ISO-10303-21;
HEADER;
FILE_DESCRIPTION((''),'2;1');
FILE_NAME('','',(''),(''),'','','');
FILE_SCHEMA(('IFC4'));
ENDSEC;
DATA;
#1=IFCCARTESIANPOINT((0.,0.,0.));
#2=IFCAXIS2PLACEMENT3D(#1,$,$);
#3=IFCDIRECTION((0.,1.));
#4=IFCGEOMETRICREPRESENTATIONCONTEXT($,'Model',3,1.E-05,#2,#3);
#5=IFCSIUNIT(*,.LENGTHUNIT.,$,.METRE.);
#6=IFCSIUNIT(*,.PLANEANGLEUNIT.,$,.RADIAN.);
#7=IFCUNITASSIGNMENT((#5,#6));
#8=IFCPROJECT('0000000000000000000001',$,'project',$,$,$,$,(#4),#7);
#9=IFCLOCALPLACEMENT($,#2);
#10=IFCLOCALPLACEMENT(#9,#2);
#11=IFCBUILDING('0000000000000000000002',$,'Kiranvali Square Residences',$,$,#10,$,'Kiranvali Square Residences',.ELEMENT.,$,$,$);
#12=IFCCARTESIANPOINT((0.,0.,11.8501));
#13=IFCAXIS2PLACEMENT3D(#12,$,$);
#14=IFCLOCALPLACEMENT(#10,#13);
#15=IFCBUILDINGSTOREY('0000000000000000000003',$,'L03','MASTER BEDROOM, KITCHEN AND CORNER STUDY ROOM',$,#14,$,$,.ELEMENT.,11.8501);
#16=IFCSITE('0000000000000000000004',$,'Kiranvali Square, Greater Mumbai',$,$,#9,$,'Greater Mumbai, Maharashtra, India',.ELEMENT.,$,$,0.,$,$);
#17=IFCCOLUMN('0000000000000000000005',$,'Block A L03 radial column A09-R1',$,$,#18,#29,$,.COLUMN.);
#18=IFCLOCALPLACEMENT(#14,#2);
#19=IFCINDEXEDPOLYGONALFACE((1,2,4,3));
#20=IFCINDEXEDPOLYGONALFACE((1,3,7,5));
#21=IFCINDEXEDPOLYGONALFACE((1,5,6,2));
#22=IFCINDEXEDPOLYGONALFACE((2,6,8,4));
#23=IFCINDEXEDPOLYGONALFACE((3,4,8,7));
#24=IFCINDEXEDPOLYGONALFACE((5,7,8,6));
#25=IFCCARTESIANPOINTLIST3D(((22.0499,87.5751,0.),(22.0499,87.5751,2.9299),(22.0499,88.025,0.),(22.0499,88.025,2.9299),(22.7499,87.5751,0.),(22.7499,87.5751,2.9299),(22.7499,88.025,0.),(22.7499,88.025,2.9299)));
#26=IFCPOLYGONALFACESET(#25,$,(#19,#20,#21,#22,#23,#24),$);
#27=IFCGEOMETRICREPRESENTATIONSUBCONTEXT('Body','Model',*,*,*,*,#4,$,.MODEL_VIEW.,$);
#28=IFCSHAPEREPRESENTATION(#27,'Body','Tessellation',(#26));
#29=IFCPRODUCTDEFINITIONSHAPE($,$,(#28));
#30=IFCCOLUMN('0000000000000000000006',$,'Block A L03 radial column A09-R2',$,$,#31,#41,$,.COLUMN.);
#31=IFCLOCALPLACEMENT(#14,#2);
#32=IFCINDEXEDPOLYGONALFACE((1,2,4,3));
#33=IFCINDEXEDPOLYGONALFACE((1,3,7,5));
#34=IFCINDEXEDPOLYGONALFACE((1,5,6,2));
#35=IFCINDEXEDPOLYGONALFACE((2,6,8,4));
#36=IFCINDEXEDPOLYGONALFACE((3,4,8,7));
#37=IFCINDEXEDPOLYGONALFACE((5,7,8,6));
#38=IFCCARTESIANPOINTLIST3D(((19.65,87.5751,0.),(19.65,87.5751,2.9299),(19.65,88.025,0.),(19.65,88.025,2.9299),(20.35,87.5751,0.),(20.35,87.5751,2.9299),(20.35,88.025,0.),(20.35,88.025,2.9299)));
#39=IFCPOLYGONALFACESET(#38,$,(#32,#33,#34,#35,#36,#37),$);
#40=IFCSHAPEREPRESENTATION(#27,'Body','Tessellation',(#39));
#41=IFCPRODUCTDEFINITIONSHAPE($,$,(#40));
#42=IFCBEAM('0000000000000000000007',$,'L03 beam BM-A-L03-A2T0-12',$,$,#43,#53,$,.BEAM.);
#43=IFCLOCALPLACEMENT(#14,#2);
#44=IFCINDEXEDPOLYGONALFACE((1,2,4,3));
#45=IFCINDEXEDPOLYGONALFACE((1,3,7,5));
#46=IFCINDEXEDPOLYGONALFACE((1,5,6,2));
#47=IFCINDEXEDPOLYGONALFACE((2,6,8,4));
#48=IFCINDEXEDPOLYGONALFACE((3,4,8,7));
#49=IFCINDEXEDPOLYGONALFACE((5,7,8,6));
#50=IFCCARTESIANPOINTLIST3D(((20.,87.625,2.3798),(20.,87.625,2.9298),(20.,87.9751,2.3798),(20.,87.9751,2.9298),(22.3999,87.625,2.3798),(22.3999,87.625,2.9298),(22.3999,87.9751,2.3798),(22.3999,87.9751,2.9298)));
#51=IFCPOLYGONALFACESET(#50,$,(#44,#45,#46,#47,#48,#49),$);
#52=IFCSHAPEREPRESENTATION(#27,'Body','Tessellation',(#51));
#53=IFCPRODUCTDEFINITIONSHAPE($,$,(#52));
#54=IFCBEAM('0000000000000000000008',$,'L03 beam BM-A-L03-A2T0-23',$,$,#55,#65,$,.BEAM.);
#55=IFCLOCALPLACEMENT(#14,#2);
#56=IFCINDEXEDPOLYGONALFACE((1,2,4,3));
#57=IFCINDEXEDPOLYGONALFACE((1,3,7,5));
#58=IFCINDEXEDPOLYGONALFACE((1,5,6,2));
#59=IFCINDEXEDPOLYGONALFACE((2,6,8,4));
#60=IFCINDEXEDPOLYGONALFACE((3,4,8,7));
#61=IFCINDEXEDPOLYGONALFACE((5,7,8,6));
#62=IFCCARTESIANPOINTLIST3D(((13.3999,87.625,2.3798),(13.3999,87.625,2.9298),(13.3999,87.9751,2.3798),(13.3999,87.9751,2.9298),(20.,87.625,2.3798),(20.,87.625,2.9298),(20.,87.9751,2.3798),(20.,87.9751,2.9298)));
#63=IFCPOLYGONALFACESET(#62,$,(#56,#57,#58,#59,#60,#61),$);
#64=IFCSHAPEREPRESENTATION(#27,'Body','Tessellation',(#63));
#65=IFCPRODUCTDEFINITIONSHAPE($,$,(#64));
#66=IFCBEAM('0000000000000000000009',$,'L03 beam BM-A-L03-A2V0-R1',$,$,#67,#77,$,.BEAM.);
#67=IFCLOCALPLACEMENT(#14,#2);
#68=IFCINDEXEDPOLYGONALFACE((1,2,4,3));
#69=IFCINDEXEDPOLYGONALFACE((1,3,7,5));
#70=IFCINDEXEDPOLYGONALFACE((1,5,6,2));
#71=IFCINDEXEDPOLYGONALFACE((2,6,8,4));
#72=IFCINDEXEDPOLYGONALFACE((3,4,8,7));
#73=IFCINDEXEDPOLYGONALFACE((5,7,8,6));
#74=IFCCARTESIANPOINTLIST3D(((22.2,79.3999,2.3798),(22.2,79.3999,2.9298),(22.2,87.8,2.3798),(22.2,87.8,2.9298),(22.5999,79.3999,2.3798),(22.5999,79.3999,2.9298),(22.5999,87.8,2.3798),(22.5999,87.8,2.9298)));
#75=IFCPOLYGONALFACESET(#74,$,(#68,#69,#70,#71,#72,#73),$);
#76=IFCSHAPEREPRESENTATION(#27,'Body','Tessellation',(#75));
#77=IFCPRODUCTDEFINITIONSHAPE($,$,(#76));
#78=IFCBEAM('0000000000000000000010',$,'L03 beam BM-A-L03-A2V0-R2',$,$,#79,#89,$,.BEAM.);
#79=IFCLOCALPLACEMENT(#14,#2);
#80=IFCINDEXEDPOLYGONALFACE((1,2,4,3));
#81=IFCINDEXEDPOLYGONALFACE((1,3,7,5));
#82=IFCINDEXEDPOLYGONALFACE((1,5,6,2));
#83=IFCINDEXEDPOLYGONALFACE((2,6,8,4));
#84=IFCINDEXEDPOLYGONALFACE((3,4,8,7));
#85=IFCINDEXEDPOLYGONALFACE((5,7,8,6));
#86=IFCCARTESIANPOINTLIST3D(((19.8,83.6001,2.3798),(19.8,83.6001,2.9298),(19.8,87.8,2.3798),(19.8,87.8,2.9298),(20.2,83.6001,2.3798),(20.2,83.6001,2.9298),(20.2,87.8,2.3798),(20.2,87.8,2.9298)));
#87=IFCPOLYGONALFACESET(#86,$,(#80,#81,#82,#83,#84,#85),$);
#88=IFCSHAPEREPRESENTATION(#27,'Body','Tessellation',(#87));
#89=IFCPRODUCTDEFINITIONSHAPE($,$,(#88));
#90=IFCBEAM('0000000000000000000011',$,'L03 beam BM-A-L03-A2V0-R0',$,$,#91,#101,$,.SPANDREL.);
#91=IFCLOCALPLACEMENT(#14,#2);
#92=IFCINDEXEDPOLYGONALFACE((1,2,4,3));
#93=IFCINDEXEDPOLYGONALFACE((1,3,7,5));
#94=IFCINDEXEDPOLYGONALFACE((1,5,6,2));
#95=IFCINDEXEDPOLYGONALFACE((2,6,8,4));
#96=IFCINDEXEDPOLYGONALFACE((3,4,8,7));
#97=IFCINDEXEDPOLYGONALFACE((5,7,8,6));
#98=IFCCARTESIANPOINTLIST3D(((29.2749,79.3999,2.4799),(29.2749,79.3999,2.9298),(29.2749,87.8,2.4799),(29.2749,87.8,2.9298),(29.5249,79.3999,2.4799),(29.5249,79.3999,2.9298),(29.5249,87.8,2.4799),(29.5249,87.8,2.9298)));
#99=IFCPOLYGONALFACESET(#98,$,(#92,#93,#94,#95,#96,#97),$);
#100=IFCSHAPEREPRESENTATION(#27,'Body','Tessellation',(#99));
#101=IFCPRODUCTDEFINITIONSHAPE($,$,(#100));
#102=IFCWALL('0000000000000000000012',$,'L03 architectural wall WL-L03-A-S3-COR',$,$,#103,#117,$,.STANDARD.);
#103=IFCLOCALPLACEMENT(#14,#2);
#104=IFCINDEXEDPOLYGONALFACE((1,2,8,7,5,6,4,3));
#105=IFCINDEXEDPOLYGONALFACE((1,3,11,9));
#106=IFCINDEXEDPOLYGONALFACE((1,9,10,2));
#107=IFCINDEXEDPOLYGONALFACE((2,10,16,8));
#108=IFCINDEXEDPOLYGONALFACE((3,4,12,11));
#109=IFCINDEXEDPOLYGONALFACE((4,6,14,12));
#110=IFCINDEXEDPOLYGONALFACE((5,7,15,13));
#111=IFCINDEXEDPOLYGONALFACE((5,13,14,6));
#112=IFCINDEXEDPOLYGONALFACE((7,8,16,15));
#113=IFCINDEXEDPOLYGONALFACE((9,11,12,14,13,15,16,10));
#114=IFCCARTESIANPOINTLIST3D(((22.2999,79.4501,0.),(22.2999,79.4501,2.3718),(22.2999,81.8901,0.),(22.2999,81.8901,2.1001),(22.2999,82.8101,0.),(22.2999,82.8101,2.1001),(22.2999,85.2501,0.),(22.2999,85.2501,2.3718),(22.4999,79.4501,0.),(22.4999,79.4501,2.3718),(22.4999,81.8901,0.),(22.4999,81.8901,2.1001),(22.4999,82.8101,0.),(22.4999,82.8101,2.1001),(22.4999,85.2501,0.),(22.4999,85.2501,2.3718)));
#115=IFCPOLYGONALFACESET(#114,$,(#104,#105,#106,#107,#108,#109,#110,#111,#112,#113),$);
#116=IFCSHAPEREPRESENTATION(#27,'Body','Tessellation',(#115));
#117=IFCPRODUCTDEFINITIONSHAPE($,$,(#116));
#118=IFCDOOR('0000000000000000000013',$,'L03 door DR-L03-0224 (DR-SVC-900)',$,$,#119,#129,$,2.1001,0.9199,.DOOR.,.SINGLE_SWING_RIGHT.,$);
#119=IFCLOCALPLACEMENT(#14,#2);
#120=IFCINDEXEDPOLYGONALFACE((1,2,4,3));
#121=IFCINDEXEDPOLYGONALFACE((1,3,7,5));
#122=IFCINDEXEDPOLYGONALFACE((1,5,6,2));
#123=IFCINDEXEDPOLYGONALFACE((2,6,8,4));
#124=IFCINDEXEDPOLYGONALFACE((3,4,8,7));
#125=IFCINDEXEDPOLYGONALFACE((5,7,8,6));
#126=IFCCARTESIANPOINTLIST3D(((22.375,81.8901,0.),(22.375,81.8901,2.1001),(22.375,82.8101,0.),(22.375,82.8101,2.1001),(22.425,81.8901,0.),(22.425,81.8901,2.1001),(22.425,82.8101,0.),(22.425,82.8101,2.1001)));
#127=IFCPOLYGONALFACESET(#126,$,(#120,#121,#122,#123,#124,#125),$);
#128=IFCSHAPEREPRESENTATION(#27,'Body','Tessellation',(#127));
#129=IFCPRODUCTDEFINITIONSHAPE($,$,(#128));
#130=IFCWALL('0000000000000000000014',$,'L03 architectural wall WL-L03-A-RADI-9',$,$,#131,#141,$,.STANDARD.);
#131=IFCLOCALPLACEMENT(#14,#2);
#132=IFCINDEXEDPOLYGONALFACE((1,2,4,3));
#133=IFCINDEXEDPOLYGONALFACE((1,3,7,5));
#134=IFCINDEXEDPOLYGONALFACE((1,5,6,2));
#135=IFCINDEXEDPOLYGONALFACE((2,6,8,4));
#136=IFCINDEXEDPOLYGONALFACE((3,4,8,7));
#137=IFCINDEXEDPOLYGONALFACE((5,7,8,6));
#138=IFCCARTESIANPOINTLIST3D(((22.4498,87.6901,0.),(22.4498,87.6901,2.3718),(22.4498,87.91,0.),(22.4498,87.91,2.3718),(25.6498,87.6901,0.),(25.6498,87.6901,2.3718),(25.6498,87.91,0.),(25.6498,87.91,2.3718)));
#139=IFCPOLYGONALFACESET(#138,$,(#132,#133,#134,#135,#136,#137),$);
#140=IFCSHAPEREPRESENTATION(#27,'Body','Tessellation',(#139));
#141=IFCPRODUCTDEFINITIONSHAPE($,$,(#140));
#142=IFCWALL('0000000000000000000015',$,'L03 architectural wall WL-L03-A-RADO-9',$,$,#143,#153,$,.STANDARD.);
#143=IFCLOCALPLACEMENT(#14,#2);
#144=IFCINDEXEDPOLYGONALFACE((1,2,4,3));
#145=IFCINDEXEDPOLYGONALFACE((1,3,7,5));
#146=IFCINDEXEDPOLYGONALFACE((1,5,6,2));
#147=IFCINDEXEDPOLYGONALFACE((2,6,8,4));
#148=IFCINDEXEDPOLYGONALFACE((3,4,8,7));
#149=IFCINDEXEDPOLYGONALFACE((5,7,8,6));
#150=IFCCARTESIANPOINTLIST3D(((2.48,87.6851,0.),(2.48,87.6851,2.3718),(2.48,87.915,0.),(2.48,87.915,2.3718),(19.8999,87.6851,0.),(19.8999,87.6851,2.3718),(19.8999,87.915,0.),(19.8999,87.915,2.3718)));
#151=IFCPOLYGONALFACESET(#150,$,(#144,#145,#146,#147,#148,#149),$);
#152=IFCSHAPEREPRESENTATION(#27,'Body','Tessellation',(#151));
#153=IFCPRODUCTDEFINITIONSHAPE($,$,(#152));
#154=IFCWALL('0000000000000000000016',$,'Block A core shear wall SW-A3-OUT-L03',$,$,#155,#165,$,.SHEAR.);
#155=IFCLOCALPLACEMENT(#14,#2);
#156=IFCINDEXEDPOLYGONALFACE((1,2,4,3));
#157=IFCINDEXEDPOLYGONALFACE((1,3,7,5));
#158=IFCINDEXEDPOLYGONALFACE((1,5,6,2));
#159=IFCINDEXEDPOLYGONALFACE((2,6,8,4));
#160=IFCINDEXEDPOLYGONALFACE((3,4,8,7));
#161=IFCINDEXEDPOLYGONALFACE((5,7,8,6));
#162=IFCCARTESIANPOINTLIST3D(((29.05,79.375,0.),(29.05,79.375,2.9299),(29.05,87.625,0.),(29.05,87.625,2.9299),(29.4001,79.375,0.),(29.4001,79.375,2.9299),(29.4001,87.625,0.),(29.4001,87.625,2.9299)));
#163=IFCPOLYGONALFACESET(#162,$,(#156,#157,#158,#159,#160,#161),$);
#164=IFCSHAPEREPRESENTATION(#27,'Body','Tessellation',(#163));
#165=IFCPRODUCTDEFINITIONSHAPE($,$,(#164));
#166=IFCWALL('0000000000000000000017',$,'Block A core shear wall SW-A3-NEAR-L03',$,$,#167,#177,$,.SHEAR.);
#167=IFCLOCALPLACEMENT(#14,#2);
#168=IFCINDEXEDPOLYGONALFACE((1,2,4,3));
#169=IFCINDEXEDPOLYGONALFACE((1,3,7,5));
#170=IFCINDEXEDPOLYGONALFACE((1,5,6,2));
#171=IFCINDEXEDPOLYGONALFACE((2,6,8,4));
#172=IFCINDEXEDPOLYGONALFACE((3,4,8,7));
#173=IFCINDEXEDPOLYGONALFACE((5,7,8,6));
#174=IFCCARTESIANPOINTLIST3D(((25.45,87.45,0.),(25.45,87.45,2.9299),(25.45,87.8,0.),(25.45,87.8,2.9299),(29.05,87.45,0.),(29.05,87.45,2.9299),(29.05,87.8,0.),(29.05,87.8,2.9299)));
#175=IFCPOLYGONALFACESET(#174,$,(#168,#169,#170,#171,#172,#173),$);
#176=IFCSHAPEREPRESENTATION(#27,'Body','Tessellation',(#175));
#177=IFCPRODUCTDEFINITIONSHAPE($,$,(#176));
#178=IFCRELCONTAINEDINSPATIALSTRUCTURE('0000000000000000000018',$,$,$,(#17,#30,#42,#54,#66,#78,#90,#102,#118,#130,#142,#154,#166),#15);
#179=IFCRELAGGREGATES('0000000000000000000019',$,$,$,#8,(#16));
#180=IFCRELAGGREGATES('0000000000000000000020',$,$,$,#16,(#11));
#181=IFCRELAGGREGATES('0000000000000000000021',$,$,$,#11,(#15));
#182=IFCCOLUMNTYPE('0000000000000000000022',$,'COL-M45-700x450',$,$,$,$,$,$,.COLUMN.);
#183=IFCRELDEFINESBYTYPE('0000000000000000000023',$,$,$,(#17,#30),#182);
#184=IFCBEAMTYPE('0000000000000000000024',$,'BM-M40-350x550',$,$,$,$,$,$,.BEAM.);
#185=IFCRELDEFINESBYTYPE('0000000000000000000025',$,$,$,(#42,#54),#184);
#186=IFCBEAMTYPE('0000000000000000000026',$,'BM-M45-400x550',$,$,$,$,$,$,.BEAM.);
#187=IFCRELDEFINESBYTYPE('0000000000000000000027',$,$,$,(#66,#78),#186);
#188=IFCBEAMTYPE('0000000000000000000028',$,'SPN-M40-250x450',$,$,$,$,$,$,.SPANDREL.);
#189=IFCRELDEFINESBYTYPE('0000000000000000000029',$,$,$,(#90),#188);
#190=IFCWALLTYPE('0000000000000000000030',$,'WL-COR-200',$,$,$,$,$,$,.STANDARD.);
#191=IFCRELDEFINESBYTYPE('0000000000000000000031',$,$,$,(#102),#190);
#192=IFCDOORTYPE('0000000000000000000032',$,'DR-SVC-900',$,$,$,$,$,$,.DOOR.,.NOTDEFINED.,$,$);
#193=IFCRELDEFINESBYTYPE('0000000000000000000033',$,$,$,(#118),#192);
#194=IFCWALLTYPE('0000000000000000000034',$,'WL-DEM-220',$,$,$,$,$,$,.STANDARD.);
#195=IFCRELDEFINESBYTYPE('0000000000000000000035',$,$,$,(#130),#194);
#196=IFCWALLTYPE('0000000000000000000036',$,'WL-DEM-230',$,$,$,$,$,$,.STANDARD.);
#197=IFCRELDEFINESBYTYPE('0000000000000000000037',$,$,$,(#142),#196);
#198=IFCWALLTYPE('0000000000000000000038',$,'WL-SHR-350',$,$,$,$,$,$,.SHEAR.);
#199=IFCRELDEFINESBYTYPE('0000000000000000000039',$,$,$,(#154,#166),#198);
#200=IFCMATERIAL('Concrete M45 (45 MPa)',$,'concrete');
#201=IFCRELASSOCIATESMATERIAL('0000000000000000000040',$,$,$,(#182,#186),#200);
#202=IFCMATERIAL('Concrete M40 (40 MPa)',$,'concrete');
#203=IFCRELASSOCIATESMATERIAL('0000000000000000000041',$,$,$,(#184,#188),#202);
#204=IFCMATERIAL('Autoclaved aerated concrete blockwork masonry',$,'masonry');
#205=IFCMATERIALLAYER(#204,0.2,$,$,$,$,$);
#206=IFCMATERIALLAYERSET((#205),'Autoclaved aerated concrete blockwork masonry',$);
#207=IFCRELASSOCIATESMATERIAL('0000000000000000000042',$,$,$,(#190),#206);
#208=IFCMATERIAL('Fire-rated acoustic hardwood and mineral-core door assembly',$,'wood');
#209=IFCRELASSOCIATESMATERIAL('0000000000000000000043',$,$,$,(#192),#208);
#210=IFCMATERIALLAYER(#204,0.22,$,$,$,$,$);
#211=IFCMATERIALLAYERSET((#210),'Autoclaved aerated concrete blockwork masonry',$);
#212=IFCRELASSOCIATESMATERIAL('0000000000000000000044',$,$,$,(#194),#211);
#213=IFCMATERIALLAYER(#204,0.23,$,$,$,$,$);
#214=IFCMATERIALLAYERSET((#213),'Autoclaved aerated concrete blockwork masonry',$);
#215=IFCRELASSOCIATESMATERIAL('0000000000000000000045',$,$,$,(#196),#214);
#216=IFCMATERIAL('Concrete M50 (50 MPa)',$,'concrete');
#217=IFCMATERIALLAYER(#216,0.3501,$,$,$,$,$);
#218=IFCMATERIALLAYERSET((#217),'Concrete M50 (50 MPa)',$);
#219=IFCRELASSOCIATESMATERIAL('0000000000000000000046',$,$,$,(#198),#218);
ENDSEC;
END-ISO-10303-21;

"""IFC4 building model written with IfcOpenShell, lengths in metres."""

from ifc_helpers import new_model, si_unit, direction, frame, frame_2d, origin, origin_2d, place, context, subcontext, project, spatial, rectangle, extrude, material, layer, layer_set, material_profile, profile_set, type_object, element, fill, save


model = new_model("IFC4")

# Units and contexts
model_context = context("Model", 3, precision=1e-05, world=origin(), true_north=direction((0.0, 1.0)))
body_context = subcontext(model_context, "Body", "Model", "MODEL_VIEW")
ifc_project = project(units=[si_unit("LENGTHUNIT", "METRE"), si_unit("PLANEANGLEUNIT", "RADIAN")], contexts=[model_context])

# Site, building, storey
site_placement = place(None, origin())
site = spatial("IfcSite", under=ifc_project, at=site_placement, Name="Kiranvali Square, Greater Mumbai", LongName="Greater Mumbai, Maharashtra, India", CompositionType="ELEMENT", RefElevation=0.0)
building_placement = place(site_placement, origin())
building = spatial("IfcBuilding", under=site, at=building_placement, Name="Kiranvali Square Residences", LongName="Kiranvali Square Residences", CompositionType="ELEMENT")
storey_placement = place(building_placement, frame((0.0, 0.0, 11.8501)))
storey = spatial("IfcBuildingStorey", under=building, at=storey_placement, Name="L03", Description="MASTER BEDROOM, KITCHEN AND CORNER STUDY ROOM", CompositionType="ELEMENT", Elevation=11.8501)

# Columns
ifc_material_1 = material(Name="Concrete M45 (45 MPa)", Category="concrete")
ifc_material_profile_1 = material_profile(ifc_material_1, rectangle(XDim=0.45, YDim=0.7, at=origin_2d()), Name="RC 700x450")
ifc_profile_set_1 = profile_set([ifc_material_profile_1], Name="Concrete M45 (45 MPa)")
column_type = type_object("IfcColumnType", Name="COL-M45-700x450", PredefinedType="COLUMN", material=ifc_profile_set_1)
for number, where, z_axis, x_axis, name in (
    (1, (22.3999, 87.8, 0.0), (0.0, 0.0, 1.0), (0.0, 1.0, 0.0), "Block A L03 radial column A09-R1"),
    (2, (20.0, 87.8, 0.0), (0.0, 0.0, 1.0), (0.0, 1.0, 0.0), "Block A L03 radial column A09-R2"),
):
    element("IfcColumn", number, at=place(storey_placement, frame(where, z_axis=z_axis, x_axis=x_axis)), inside=storey, type_object=column_type, Name=name, PredefinedType="COLUMN", context=body_context, shape_type="SweptSolid", body=[
        extrude(rectangle(XDim=0.45, YDim=0.7, at=origin_2d()), origin(), (0.0, 0.0, 1.0), 2.9299),
    ])

# Beams
ifc_material_2 = material(Name="Concrete M40 (40 MPa)", Category="concrete")
ifc_material_profile_2 = material_profile(ifc_material_2, rectangle(XDim=0.3501, YDim=0.55, at=origin_2d()), Name="RC 350x550")
ifc_profile_set_2 = profile_set([ifc_material_profile_2], Name="Concrete M40 (40 MPa)")
beam_type_1 = type_object("IfcBeamType", Name="BM-M40-350x550", PredefinedType="BEAM", material=ifc_profile_set_2)
beam_1_placement = place(storey_placement, frame((22.3999, 87.8, 2.6548), z_axis=(-1.0, 0.0, 0.0), x_axis=(0.0, -1.0, 0.0)))
element("IfcBeam", 3, at=beam_1_placement, inside=storey, type_object=beam_type_1, Name="L03 beam BM-A-L03-A2T0-12", PredefinedType="BEAM", context=body_context, shape_type="SweptSolid", body=[
    extrude(rectangle(XDim=0.3501, YDim=0.55, at=origin_2d()), origin(), (0.0, 0.0, 1.0), 2.3999),
])
beam_2_placement = place(storey_placement, frame((20.0, 87.8, 2.6548), z_axis=(-1.0, 0.0, 0.0), x_axis=(0.0, -1.0, 0.0)))
element("IfcBeam", 4, at=beam_2_placement, inside=storey, type_object=beam_type_1, Name="L03 beam BM-A-L03-A2T0-23", PredefinedType="BEAM", context=body_context, shape_type="SweptSolid", body=[
    extrude(rectangle(XDim=0.3501, YDim=0.55, at=origin_2d()), origin(), (0.0, 0.0, 1.0), 6.6001),
])
ifc_material_profile_3 = material_profile(ifc_material_1, rectangle(XDim=0.3999, YDim=0.55, at=origin_2d()), Name="RC 400x550")
ifc_profile_set_3 = profile_set([ifc_material_profile_3], Name="Concrete M45 (45 MPa)")
beam_type_2 = type_object("IfcBeamType", Name="BM-M45-400x550", PredefinedType="BEAM", material=ifc_profile_set_3)
beam_3_placement = place(storey_placement, frame((22.3999, 87.8, 2.6548), z_axis=(0.0, -1.0, 0.0), x_axis=(1.0, 0.0, 0.0)))
element("IfcBeam", 5, at=beam_3_placement, inside=storey, type_object=beam_type_2, Name="L03 beam BM-A-L03-A2V0-R1", PredefinedType="BEAM", context=body_context, shape_type="SweptSolid", body=[
    extrude(rectangle(XDim=0.3999, YDim=0.55, at=origin_2d()), origin(), (0.0, 0.0, 1.0), 8.4001),
])
beam_4_placement = place(storey_placement, frame((20.0, 87.8, 2.6548), z_axis=(0.0, -1.0, 0.0), x_axis=(1.0, 0.0, 0.0)))
element("IfcBeam", 6, at=beam_4_placement, inside=storey, type_object=beam_type_2, Name="L03 beam BM-A-L03-A2V0-R2", PredefinedType="BEAM", context=body_context, shape_type="SweptSolid", body=[
    extrude(rectangle(XDim=0.3999, YDim=0.55, at=origin_2d()), origin(), (0.0, 0.0, 1.0), 4.2),
])
ifc_material_profile_4 = material_profile(ifc_material_2, rectangle(XDim=0.25, YDim=0.45, at=origin_2d()), Name="RC 250x450")
ifc_profile_set_4 = profile_set([ifc_material_profile_4], Name="Concrete M40 (40 MPa)")
beam_type_3 = type_object("IfcBeamType", Name="SPN-M40-250x450", PredefinedType="SPANDREL", material=ifc_profile_set_4)
beam_5_placement = place(storey_placement, frame((29.3999, 87.8, 2.7048), z_axis=(0.0, -1.0, 0.0), x_axis=(1.0, 0.0, 0.0)))
element("IfcBeam", 7, at=beam_5_placement, inside=storey, type_object=beam_type_3, Name="L03 beam BM-A-L03-A2V0-R0", PredefinedType="SPANDREL", context=body_context, shape_type="SweptSolid", body=[
    extrude(rectangle(XDim=0.25, YDim=0.45, at=origin_2d()), origin(), (0.0, 0.0, 1.0), 8.4001),
])

# Wall, opening, door
ifc_material_3 = material(Name="Autoclaved aerated concrete blockwork masonry", Category="masonry")
ifc_layer_1 = layer(ifc_material_3, 0.2)
ifc_layer_set_1 = layer_set([ifc_layer_1], Name="Autoclaved aerated concrete blockwork masonry")
wall_type_1 = type_object("IfcWallType", Name="WL-COR-200", PredefinedType="STANDARD", material=ifc_layer_set_1)
ifc_material_4 = material(Name="Fire-rated acoustic hardwood and mineral-core door assembly", Category="wood")
wall_1_placement = place(storey_placement, frame((22.3999, 85.25, 0.0), z_axis=(0.0, 0.0, 1.0), x_axis=(0.0, -1.0, 0.0)))
wall_1 = element("IfcWall", 8, at=wall_1_placement, inside=storey, type_object=wall_type_1, Name="L03 architectural wall WL-L03-A-S3-COR", PredefinedType="STANDARD", context=body_context, shape_type="SweptSolid", body=[
    extrude(rectangle(XDim=5.8, YDim=0.2, at=frame_2d((2.8999, 0.0))), origin(), (0.0, 0.0, 1.0), 2.3718),
])
opening_1_placement = place(wall_1_placement, frame((2.4399, 0.0, 0.0)))
opening_1 = element("IfcOpeningElement", 9, at=opening_1_placement, cuts=wall_1, PredefinedType="OPENING", context=body_context, shape_type="SweptSolid", body=[
    extrude(rectangle(XDim=0.9199, YDim=2.1001, at=frame_2d((0.46, 1.05))), frame((0.0, 0.1099, 0.0), z_axis=(0.0, -1.0, 0.0), x_axis=(1.0, 0.0, 0.0)), (0.0, 0.0, 1.0), 0.22),
])
door_type_1 = type_object("IfcDoorType", Name="DR-SVC-900", OperationType="NOTDEFINED", PredefinedType="DOOR", material=ifc_material_4)
door_1_placement = place(opening_1_placement, frame((0.9199, 0.0, 0.0), z_axis=(0.0, 0.0, 1.0), x_axis=(-1.0, 0.0, 0.0)))
door_1 = element("IfcDoor", 10, at=door_1_placement, inside=storey, type_object=door_type_1, Name="L03 door DR-L03-0224 (DR-SVC-900)", OperationType="SINGLE_SWING_RIGHT", OverallHeight=2.1001, OverallWidth=0.9199, PredefinedType="DOOR", context=body_context, shape_type="SweptSolid", body=[
    extrude(rectangle(XDim=0.9199, YDim=2.1001, at=frame_2d((0.46, 1.05))), frame((0.0, 0.0249, 0.0), z_axis=(0.0, -1.0, 0.0), x_axis=(1.0, 0.0, 0.0)), (0.0, 0.0, 1.0), 0.05),
])
fill(opening_1, door_1)

# Walls
ifc_layer_2 = layer(ifc_material_3, 0.22)
ifc_layer_set_2 = layer_set([ifc_layer_2], Name="Autoclaved aerated concrete blockwork masonry")
wall_type_2 = type_object("IfcWallType", Name="WL-DEM-220", PredefinedType="STANDARD", material=ifc_layer_set_2)
wall_2_placement = place(storey_placement, frame((25.6499, 87.8, 0.0), z_axis=(0.0, 0.0, 1.0), x_axis=(-1.0, 0.0, 0.0)))
element("IfcWall", 11, at=wall_2_placement, inside=storey, type_object=wall_type_2, Name="L03 architectural wall WL-L03-A-RADI-9", PredefinedType="STANDARD", context=body_context, shape_type="SweptSolid", body=[
    extrude(rectangle(XDim=3.2, YDim=0.22, at=frame_2d((1.6001, 0.0))), origin(), (0.0, 0.0, 1.0), 2.3718),
])
ifc_layer_3 = layer(ifc_material_3, 0.23)
ifc_layer_set_3 = layer_set([ifc_layer_3], Name="Autoclaved aerated concrete blockwork masonry")
wall_type_3 = type_object("IfcWallType", Name="WL-DEM-230", PredefinedType="STANDARD", material=ifc_layer_set_3)
wall_3_placement = place(storey_placement, frame((19.8999, 87.8, 0.0), z_axis=(0.0, 0.0, 1.0), x_axis=(-1.0, 0.0, 0.0)))
element("IfcWall", 12, at=wall_3_placement, inside=storey, type_object=wall_type_3, Name="L03 architectural wall WL-L03-A-RADO-9", PredefinedType="STANDARD", context=body_context, shape_type="SweptSolid", body=[
    extrude(rectangle(XDim=17.4199, YDim=0.23, at=frame_2d((8.71, 0.0))), origin(), (0.0, 0.0, 1.0), 2.3718),
])
ifc_material_5 = material(Name="Concrete M50 (50 MPa)", Category="concrete")
ifc_layer_4 = layer(ifc_material_5, 0.3501)
ifc_layer_set_4 = layer_set([ifc_layer_4], Name="Concrete M50 (50 MPa)")
wall_type_4 = type_object("IfcWallType", Name="WL-SHR-350", PredefinedType="SHEAR", material=ifc_layer_set_4)
wall_4_placement = place(storey_placement, frame((29.2251, 87.625, 0.0), z_axis=(0.0, 0.0, 1.0), x_axis=(0.0, -1.0, 0.0)))
element("IfcWall", 13, at=wall_4_placement, inside=storey, type_object=wall_type_4, Name="Block A core shear wall SW-A3-OUT-L03", PredefinedType="SHEAR", context=body_context, shape_type="SweptSolid", body=[
    extrude(rectangle(XDim=8.25, YDim=0.3501, at=frame_2d((4.125, 0.0))), origin(), (0.0, 0.0, 1.0), 2.9299),
])

# Wall
wall_5_placement = place(storey_placement, frame((29.05, 87.625, 0.0), z_axis=(0.0, 0.0, 1.0), x_axis=(-1.0, 0.0, 0.0)))
element("IfcWall", 14, at=wall_5_placement, inside=storey, type_object=wall_type_4, Name="Block A core shear wall SW-A3-NEAR-L03", PredefinedType="SHEAR", context=body_context, shape_type="SweptSolid", body=[
    extrude(rectangle(XDim=3.6001, YDim=0.3501, at=frame_2d((1.8, 0.0))), origin(), (0.0, 0.0, 1.0), 2.9299),
])

save(model, "model.ifc")
